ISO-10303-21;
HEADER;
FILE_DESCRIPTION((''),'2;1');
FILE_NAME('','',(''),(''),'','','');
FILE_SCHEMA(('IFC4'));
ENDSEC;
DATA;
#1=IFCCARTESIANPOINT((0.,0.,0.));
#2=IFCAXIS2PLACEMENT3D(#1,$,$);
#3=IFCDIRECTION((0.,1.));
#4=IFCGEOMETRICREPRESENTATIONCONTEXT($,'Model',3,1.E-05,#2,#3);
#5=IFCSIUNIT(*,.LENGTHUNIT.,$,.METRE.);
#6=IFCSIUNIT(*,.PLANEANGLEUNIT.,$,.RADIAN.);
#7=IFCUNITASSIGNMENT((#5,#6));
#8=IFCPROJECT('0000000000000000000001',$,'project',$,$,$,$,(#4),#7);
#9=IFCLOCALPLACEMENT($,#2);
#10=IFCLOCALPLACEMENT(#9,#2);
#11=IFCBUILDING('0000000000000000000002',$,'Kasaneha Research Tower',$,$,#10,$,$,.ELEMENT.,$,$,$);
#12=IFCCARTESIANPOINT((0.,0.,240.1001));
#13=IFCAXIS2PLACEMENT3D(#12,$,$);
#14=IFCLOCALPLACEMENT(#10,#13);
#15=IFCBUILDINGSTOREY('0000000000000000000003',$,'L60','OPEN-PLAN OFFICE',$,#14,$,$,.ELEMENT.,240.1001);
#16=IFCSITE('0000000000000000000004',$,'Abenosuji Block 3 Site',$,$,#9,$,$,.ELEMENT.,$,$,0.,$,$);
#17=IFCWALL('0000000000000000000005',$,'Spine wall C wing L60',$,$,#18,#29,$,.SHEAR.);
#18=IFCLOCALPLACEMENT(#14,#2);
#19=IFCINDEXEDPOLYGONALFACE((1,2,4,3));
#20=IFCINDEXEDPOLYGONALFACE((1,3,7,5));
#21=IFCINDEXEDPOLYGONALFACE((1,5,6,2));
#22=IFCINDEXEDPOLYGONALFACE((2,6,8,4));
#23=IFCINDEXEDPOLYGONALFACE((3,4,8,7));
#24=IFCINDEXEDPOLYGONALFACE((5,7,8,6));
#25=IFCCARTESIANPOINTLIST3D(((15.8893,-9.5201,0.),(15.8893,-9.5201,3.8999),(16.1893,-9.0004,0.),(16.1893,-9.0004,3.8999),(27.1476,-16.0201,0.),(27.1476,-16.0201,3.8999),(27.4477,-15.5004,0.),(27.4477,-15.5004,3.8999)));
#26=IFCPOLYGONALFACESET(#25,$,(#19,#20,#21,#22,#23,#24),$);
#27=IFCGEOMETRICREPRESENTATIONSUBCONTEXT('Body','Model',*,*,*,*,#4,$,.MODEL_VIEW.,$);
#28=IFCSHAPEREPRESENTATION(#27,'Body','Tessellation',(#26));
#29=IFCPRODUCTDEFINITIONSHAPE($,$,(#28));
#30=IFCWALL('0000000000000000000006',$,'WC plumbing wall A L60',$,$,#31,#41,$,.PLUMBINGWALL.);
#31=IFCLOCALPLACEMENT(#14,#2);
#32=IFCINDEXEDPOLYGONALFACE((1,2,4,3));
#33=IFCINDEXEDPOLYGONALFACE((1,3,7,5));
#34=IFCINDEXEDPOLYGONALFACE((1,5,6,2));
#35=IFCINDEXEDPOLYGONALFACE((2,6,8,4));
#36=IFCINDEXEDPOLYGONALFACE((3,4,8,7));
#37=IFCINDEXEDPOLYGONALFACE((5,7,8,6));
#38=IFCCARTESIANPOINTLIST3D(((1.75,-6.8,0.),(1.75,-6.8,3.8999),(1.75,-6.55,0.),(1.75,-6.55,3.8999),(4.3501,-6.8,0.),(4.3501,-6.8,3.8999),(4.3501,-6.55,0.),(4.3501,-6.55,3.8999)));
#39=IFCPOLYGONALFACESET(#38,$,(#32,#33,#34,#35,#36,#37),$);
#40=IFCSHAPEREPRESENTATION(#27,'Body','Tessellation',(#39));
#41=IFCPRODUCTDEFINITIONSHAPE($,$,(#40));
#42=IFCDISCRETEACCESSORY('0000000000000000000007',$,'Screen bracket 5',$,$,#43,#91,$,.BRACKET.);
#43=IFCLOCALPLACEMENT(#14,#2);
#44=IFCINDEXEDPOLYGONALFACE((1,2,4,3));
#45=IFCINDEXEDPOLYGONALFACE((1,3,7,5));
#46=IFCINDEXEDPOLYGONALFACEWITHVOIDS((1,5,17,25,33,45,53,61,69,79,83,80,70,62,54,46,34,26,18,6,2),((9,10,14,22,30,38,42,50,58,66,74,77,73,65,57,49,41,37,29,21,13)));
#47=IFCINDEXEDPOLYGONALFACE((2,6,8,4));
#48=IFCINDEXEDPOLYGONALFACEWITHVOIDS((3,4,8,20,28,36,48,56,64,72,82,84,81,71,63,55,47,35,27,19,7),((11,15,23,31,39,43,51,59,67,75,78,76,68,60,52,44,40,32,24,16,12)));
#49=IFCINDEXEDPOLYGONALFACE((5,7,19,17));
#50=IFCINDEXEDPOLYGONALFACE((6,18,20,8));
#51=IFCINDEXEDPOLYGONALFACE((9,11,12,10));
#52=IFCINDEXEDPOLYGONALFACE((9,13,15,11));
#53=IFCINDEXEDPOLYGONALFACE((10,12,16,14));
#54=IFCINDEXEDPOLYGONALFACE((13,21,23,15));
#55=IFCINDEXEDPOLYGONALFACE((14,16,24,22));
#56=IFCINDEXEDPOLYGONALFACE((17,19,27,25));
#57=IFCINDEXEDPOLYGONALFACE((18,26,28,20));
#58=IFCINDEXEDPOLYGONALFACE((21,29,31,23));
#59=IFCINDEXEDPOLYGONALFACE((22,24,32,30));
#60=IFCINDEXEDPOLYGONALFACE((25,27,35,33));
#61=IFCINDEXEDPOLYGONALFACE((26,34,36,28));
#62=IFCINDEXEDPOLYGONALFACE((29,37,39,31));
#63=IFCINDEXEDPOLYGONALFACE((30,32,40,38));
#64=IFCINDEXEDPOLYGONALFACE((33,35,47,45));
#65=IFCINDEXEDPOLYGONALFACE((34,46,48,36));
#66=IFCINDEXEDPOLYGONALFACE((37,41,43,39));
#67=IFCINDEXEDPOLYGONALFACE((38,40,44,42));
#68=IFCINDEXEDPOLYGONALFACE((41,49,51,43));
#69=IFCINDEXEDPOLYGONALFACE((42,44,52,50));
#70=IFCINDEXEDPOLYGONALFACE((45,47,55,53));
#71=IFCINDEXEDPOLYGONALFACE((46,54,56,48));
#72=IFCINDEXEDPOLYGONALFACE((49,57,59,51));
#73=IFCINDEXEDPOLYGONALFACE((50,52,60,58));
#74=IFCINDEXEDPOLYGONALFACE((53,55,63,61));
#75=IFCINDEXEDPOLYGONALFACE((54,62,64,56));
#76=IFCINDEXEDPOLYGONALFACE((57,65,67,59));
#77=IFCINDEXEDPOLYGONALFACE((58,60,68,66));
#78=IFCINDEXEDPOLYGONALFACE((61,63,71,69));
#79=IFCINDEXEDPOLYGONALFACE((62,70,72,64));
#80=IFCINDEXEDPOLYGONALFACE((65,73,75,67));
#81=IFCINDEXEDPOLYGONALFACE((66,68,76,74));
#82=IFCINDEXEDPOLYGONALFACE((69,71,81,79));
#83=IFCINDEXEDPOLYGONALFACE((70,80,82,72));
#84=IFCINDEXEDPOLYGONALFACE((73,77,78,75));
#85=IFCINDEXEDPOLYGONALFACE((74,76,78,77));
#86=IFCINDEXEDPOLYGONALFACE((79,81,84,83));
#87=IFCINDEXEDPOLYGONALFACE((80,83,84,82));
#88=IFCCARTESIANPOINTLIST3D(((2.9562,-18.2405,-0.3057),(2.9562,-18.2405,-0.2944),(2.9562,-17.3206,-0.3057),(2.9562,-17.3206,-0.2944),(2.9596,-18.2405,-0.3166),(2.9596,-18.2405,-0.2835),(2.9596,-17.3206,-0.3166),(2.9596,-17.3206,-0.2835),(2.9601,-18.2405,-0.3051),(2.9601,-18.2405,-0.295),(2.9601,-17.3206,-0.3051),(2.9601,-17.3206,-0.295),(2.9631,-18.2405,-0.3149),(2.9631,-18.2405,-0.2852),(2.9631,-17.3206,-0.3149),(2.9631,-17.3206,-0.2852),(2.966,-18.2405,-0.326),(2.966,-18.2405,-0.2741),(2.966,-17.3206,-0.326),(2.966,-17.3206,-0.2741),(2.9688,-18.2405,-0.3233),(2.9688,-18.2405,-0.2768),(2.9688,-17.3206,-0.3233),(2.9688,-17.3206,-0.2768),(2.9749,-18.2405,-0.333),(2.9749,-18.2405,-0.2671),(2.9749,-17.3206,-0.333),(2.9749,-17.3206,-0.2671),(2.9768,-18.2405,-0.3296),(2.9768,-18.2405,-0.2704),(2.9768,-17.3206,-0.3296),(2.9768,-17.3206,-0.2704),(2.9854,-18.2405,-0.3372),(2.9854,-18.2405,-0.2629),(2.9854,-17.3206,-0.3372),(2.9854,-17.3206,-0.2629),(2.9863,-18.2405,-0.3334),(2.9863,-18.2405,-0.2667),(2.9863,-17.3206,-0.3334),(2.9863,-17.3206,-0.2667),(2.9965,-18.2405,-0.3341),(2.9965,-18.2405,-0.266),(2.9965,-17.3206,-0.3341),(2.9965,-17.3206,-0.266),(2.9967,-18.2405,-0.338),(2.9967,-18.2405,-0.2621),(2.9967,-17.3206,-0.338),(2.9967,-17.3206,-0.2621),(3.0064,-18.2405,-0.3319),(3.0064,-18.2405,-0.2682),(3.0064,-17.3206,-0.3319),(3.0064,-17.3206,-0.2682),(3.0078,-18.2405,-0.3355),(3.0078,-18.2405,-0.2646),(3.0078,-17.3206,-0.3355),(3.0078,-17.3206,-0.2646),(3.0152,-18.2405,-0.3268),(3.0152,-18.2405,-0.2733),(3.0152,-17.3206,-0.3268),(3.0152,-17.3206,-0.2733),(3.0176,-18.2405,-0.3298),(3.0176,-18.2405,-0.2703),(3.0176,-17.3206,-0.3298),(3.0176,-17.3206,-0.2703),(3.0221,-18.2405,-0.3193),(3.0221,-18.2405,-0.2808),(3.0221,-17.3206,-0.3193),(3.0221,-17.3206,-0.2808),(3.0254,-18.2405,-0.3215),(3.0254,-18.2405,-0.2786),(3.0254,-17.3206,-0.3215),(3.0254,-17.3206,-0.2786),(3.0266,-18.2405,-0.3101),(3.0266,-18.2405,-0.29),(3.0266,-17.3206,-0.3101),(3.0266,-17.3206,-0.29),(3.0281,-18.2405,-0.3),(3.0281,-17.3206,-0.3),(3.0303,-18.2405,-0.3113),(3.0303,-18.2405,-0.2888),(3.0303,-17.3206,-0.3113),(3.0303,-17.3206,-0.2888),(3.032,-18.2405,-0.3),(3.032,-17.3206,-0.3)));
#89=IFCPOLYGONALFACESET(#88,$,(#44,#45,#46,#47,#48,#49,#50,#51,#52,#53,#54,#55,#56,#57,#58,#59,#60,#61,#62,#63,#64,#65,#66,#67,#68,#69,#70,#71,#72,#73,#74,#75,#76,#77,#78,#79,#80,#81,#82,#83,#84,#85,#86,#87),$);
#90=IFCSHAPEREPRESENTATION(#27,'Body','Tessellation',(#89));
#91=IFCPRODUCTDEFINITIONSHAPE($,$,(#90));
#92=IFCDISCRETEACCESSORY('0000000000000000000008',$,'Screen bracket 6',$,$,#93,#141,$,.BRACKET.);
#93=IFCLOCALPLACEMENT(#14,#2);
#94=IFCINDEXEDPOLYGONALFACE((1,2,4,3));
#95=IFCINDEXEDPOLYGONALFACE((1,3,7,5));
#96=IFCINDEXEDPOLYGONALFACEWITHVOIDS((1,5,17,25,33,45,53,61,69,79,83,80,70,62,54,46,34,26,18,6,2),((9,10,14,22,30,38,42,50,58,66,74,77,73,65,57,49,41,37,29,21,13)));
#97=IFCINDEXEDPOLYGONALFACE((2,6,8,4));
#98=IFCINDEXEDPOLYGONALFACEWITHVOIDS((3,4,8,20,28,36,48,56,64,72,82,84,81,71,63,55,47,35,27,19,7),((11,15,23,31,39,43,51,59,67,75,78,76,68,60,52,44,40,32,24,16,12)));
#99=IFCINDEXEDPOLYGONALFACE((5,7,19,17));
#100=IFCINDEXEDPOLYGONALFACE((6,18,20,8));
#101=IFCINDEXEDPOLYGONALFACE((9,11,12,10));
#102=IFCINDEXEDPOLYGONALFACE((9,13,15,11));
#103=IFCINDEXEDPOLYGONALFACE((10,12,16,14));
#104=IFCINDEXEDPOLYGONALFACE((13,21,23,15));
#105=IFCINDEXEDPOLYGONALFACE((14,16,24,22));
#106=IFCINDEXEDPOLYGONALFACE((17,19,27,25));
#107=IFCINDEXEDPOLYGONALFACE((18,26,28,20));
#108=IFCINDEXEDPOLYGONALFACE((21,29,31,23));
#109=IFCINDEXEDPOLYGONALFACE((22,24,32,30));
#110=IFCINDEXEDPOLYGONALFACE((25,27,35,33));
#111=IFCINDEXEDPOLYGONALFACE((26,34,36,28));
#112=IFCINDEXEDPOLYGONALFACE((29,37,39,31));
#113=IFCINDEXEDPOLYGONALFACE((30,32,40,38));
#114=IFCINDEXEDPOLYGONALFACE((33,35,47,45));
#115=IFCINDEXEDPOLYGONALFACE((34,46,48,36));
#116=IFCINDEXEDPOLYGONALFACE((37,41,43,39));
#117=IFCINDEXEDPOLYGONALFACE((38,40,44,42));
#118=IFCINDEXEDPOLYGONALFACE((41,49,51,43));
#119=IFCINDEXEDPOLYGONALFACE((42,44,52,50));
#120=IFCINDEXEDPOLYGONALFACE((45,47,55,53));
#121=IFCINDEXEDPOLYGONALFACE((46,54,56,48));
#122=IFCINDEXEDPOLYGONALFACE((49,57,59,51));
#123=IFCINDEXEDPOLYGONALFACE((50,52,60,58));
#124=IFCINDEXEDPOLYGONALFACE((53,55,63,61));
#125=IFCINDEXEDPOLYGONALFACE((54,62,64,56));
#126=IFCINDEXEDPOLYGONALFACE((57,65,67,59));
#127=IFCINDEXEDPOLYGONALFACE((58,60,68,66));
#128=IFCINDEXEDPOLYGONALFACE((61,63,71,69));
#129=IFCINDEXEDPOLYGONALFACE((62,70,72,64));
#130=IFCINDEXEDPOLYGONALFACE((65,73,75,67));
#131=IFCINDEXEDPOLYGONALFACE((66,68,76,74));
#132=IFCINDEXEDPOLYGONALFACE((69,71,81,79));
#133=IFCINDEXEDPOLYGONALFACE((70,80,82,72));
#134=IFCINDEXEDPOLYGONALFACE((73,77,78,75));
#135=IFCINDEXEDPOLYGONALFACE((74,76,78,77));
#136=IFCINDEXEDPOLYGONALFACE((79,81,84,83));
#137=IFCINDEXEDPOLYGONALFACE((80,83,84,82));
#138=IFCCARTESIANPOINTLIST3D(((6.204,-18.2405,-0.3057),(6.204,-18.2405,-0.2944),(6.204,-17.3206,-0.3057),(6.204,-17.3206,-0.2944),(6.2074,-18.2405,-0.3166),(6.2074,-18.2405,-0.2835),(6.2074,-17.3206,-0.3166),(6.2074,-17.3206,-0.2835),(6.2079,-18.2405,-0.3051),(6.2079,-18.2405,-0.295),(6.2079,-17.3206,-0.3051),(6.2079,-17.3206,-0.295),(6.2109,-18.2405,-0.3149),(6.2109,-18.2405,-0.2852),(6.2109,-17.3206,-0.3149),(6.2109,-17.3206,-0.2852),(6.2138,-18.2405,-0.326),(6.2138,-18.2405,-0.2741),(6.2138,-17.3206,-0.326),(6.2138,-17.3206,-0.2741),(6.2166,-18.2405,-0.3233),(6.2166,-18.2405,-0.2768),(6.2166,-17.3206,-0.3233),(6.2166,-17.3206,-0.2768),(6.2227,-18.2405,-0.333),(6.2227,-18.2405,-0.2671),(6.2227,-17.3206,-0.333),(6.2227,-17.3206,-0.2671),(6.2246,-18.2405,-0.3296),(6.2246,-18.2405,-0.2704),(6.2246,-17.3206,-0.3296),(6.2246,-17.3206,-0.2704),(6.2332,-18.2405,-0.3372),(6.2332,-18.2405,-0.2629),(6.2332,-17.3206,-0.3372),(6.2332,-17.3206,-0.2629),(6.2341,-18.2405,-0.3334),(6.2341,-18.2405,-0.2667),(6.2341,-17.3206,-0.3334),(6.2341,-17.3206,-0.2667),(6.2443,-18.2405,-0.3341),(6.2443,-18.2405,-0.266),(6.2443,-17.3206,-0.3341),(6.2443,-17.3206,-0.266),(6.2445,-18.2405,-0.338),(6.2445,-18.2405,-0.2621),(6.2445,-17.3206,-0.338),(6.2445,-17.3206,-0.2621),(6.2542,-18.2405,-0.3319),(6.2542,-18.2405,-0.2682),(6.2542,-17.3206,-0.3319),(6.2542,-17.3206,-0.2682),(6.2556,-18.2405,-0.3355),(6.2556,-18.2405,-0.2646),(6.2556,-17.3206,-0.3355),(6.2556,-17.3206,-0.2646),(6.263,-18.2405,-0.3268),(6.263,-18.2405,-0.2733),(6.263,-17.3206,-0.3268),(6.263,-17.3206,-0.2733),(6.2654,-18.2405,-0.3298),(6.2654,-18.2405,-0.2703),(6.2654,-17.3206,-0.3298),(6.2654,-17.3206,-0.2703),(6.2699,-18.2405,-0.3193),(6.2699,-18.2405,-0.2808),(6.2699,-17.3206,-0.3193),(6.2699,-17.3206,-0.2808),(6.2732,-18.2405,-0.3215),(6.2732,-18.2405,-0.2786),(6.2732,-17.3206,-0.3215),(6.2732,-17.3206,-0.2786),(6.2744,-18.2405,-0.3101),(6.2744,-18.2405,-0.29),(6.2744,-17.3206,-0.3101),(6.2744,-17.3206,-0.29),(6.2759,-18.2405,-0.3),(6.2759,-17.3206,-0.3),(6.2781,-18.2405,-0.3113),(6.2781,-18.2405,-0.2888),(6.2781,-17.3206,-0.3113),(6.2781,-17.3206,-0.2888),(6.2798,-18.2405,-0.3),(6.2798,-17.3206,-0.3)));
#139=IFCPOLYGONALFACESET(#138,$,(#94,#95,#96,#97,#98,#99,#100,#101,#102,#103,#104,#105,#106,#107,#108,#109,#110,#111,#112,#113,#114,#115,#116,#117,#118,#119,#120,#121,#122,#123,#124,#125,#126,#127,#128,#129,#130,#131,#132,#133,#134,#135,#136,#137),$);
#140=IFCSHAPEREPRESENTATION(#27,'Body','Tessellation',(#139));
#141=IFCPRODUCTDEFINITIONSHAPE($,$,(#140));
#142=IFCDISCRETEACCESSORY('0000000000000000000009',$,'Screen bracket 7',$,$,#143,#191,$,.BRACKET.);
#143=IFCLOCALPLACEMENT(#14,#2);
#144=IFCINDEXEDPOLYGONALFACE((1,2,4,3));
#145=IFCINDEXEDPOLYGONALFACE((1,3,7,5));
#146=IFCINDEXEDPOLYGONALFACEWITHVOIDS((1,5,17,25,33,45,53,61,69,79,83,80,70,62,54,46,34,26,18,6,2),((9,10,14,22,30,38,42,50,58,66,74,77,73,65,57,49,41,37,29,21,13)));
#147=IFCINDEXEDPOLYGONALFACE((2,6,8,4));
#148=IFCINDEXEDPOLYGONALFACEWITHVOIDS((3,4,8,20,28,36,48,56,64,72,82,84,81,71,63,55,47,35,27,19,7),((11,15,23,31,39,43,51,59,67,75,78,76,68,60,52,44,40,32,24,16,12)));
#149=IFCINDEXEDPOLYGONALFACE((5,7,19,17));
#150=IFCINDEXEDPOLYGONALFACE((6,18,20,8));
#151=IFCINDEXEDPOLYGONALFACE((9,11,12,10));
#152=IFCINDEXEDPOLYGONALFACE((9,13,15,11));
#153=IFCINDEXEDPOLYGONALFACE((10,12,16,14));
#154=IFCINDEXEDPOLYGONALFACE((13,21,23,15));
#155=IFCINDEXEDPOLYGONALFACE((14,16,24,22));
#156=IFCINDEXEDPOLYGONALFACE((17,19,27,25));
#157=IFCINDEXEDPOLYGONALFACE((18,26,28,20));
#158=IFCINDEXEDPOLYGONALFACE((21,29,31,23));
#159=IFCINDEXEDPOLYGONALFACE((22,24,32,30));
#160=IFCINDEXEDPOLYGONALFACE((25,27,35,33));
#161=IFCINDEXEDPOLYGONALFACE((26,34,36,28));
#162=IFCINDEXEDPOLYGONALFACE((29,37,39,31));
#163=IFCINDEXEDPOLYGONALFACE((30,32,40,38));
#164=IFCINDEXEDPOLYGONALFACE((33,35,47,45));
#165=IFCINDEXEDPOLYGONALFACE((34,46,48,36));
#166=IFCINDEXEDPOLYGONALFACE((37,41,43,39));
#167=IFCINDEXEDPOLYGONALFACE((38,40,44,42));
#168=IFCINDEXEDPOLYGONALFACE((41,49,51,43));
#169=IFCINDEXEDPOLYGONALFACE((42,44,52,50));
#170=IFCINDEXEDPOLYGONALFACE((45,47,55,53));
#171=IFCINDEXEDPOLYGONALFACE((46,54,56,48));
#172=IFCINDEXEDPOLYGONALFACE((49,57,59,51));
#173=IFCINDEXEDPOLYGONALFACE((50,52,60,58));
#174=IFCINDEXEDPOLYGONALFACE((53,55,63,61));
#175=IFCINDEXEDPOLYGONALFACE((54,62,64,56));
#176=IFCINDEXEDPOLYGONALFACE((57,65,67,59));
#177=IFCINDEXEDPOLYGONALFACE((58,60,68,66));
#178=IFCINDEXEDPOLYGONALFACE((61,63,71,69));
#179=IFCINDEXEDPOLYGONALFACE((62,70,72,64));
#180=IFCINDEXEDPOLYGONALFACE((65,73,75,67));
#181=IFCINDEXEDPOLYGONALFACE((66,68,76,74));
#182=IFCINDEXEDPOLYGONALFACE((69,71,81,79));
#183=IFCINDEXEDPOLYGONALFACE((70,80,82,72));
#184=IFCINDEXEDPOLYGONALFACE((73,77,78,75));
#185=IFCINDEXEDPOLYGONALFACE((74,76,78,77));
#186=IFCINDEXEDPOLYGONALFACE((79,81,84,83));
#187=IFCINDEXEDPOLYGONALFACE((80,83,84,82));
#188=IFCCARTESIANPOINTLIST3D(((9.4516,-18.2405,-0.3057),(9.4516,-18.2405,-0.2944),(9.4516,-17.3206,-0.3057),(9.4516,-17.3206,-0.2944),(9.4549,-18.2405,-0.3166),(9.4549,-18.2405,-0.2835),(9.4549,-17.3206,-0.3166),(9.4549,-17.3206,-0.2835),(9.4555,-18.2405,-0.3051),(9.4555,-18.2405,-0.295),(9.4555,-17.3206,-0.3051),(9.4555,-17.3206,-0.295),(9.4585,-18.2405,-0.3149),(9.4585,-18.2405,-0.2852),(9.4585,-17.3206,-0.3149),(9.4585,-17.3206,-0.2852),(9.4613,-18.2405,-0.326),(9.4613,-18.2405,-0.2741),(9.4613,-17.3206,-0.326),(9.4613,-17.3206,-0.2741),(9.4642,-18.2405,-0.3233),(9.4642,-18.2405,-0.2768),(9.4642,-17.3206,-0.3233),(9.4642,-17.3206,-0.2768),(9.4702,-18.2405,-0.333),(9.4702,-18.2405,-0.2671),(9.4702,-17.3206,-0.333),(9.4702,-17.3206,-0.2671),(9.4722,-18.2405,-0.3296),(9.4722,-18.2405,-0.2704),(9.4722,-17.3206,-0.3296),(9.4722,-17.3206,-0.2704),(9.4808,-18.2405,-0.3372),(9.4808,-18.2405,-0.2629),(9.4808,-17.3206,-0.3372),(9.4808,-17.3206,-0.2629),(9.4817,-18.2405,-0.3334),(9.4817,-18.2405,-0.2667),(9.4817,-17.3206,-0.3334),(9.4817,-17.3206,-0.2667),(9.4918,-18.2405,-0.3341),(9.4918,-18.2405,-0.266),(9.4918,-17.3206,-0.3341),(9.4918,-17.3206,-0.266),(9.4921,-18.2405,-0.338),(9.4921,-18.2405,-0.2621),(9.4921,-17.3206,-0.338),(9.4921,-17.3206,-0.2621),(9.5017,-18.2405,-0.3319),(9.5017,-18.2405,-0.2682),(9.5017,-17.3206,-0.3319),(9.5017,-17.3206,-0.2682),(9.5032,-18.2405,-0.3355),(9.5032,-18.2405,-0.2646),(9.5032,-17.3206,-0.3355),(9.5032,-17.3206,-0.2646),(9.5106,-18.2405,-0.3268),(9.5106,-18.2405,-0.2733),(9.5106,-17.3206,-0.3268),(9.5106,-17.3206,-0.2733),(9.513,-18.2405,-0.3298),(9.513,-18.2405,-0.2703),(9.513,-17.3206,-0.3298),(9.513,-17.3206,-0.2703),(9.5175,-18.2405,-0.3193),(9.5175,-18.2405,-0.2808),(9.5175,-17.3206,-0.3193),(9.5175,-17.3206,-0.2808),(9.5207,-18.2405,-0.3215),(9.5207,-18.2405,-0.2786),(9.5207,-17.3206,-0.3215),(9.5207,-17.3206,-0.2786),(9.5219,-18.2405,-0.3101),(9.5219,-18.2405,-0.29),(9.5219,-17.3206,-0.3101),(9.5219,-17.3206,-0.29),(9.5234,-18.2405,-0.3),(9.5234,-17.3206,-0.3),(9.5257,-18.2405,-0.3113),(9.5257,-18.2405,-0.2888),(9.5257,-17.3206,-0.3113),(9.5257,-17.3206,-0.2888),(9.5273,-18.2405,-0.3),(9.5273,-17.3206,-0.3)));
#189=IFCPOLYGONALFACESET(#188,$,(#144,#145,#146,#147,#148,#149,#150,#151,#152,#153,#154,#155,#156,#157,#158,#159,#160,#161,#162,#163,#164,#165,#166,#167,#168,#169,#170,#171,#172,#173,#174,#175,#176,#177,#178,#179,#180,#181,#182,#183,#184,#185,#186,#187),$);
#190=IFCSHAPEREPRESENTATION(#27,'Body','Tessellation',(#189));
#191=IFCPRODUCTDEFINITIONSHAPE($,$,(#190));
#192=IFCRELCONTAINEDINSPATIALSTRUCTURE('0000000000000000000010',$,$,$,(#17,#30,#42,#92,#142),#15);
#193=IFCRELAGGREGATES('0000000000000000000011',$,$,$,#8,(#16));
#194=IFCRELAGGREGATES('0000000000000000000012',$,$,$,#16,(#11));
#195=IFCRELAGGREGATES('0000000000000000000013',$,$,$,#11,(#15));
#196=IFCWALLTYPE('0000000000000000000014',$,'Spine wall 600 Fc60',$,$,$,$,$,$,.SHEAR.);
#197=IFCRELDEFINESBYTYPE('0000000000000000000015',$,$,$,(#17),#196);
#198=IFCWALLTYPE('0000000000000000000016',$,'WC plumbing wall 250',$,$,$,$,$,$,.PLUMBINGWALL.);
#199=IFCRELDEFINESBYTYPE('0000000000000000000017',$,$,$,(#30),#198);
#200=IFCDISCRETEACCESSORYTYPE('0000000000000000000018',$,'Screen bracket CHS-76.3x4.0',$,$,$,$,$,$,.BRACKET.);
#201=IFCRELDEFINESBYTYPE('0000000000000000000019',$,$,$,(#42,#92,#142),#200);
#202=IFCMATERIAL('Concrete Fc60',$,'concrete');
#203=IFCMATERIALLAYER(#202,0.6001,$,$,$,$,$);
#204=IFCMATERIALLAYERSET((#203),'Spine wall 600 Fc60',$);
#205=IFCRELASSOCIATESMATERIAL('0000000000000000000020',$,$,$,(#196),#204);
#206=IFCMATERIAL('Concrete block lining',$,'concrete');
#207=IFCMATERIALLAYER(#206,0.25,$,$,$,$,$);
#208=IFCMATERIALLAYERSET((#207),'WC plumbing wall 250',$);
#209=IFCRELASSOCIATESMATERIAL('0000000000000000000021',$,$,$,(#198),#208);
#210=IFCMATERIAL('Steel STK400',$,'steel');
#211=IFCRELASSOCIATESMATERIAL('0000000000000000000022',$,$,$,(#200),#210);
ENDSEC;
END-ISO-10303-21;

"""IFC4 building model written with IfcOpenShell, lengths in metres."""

from ifc_helpers import new_model, si_unit, direction, frame, frame_2d, origin, origin_2d, place, context, subcontext, project, spatial, rectangle, hollow_circle, extrude, material, layer, layer_set, material_profile, profile_set, type_object, element, save


model = new_model("IFC4")

# Units and contexts
model_context = context("Model", 3, precision=1e-05, world=origin(), true_north=direction((0.0, 1.0)))
body_context = subcontext(model_context, "Body", "Model", "MODEL_VIEW")
ifc_project = project(units=[si_unit("LENGTHUNIT", "METRE"), si_unit("PLANEANGLEUNIT", "RADIAN")], contexts=[model_context])

# Site, building, storey
site_placement = place(None, origin())
site = spatial("IfcSite", under=ifc_project, at=site_placement, Name="Abenosuji Block 3 Site", CompositionType="ELEMENT", RefElevation=0.0)
building_placement = place(site_placement, origin())
building = spatial("IfcBuilding", under=site, at=building_placement, Name="Kasaneha Research Tower", CompositionType="ELEMENT")
storey_placement = place(building_placement, frame((0.0, 0.0, 240.1001)))
storey = spatial("IfcBuildingStorey", under=building, at=storey_placement, Name="L60", Description="OPEN-PLAN OFFICE", CompositionType="ELEMENT", Elevation=240.1001)

# Shared definitions
ifc_material_1 = material(Name="Concrete Fc60", Category="concrete")
ifc_layer_1 = layer(ifc_material_1, 0.6001)
ifc_layer_set_1 = layer_set([ifc_layer_1], Name="Spine wall 600 Fc60")
wall_type_1 = type_object("IfcWallType", Name="Spine wall 600 Fc60", PredefinedType="SHEAR", material=ifc_layer_set_1)

# Walls
wall_1_placement = place(storey_placement, frame((16.0393, -9.2603, 0.0), z_axis=(0.0, 0.0, 1.0), x_axis=(0.866025, -0.500001, 0.0)))
element("IfcWall", 1, at=wall_1_placement, inside=storey, type_object=wall_type_1, Name="Spine wall C wing L60", PredefinedType="SHEAR", context=body_context, shape_type="SweptSolid", body=[
    extrude(rectangle(XDim=13.0, YDim=0.6001, at=frame_2d((6.5, 0.0))), origin(), (0.0, 0.0, 1.0), 3.8999),
])
ifc_material_2 = material(Name="Concrete block lining", Category="concrete")
ifc_layer_2 = layer(ifc_material_2, 0.25)
ifc_layer_set_2 = layer_set([ifc_layer_2], Name="WC plumbing wall 250")
wall_type_2 = type_object("IfcWallType", Name="WC plumbing wall 250", PredefinedType="PLUMBINGWALL", material=ifc_layer_set_2)
wall_2_placement = place(storey_placement, frame((1.75, -6.675, 0.0), z_axis=(0.0, 0.0, 1.0), x_axis=(1.0, 0.0, 0.0)))
element("IfcWall", 2, at=wall_2_placement, inside=storey, type_object=wall_type_2, Name="WC plumbing wall A L60", PredefinedType="PLUMBINGWALL", context=body_context, shape_type="SweptSolid", body=[
    extrude(rectangle(XDim=2.6001, YDim=0.25, at=frame_2d((1.3, 0.0))), origin(), (0.0, 0.0, 1.0), 3.8999),
])

# Discrete accessories
ifc_material_3 = material(Name="Steel STK400", Category="steel")
ifc_material_profile_1 = material_profile(ifc_material_3, hollow_circle(Radius=0.0381, WallThickness=0.0039, at=origin_2d()), Name="CHS-76.3x4.0")
ifc_profile_set_1 = profile_set([ifc_material_profile_1], Name="Steel STK400")
discrete_accessory_type = type_object("IfcDiscreteAccessoryType", Name="Screen bracket CHS-76.3x4.0", PredefinedType="BRACKET", material=ifc_profile_set_1)
for number, where, z_axis, x_axis, name in (
    (3, (2.9939, -17.3206, -0.3), (0.0, -1.0, 0.0), (1.0, 0.0, 0.0), "Screen bracket 5"),
    (4, (6.2417, -17.3206, -0.3), (0.0, -1.0, 0.0), (1.0, 0.0, 0.0), "Screen bracket 6"),
    (5, (9.4893, -17.3206, -0.3), (0.0, -1.0, 0.0), (1.0, 0.0, 0.0), "Screen bracket 7"),
):
    element("IfcDiscreteAccessory", number, at=place(storey_placement, frame(where, z_axis=z_axis, x_axis=x_axis)), inside=storey, type_object=discrete_accessory_type, Name=name, PredefinedType="BRACKET", context=body_context, shape_type="SweptSolid", body=[
        extrude(hollow_circle(Radius=0.0381, WallThickness=0.0039, at=origin_2d()), origin(), (0.0, 0.0, 1.0), 0.9199),
    ])

save(model, "model.ifc")
